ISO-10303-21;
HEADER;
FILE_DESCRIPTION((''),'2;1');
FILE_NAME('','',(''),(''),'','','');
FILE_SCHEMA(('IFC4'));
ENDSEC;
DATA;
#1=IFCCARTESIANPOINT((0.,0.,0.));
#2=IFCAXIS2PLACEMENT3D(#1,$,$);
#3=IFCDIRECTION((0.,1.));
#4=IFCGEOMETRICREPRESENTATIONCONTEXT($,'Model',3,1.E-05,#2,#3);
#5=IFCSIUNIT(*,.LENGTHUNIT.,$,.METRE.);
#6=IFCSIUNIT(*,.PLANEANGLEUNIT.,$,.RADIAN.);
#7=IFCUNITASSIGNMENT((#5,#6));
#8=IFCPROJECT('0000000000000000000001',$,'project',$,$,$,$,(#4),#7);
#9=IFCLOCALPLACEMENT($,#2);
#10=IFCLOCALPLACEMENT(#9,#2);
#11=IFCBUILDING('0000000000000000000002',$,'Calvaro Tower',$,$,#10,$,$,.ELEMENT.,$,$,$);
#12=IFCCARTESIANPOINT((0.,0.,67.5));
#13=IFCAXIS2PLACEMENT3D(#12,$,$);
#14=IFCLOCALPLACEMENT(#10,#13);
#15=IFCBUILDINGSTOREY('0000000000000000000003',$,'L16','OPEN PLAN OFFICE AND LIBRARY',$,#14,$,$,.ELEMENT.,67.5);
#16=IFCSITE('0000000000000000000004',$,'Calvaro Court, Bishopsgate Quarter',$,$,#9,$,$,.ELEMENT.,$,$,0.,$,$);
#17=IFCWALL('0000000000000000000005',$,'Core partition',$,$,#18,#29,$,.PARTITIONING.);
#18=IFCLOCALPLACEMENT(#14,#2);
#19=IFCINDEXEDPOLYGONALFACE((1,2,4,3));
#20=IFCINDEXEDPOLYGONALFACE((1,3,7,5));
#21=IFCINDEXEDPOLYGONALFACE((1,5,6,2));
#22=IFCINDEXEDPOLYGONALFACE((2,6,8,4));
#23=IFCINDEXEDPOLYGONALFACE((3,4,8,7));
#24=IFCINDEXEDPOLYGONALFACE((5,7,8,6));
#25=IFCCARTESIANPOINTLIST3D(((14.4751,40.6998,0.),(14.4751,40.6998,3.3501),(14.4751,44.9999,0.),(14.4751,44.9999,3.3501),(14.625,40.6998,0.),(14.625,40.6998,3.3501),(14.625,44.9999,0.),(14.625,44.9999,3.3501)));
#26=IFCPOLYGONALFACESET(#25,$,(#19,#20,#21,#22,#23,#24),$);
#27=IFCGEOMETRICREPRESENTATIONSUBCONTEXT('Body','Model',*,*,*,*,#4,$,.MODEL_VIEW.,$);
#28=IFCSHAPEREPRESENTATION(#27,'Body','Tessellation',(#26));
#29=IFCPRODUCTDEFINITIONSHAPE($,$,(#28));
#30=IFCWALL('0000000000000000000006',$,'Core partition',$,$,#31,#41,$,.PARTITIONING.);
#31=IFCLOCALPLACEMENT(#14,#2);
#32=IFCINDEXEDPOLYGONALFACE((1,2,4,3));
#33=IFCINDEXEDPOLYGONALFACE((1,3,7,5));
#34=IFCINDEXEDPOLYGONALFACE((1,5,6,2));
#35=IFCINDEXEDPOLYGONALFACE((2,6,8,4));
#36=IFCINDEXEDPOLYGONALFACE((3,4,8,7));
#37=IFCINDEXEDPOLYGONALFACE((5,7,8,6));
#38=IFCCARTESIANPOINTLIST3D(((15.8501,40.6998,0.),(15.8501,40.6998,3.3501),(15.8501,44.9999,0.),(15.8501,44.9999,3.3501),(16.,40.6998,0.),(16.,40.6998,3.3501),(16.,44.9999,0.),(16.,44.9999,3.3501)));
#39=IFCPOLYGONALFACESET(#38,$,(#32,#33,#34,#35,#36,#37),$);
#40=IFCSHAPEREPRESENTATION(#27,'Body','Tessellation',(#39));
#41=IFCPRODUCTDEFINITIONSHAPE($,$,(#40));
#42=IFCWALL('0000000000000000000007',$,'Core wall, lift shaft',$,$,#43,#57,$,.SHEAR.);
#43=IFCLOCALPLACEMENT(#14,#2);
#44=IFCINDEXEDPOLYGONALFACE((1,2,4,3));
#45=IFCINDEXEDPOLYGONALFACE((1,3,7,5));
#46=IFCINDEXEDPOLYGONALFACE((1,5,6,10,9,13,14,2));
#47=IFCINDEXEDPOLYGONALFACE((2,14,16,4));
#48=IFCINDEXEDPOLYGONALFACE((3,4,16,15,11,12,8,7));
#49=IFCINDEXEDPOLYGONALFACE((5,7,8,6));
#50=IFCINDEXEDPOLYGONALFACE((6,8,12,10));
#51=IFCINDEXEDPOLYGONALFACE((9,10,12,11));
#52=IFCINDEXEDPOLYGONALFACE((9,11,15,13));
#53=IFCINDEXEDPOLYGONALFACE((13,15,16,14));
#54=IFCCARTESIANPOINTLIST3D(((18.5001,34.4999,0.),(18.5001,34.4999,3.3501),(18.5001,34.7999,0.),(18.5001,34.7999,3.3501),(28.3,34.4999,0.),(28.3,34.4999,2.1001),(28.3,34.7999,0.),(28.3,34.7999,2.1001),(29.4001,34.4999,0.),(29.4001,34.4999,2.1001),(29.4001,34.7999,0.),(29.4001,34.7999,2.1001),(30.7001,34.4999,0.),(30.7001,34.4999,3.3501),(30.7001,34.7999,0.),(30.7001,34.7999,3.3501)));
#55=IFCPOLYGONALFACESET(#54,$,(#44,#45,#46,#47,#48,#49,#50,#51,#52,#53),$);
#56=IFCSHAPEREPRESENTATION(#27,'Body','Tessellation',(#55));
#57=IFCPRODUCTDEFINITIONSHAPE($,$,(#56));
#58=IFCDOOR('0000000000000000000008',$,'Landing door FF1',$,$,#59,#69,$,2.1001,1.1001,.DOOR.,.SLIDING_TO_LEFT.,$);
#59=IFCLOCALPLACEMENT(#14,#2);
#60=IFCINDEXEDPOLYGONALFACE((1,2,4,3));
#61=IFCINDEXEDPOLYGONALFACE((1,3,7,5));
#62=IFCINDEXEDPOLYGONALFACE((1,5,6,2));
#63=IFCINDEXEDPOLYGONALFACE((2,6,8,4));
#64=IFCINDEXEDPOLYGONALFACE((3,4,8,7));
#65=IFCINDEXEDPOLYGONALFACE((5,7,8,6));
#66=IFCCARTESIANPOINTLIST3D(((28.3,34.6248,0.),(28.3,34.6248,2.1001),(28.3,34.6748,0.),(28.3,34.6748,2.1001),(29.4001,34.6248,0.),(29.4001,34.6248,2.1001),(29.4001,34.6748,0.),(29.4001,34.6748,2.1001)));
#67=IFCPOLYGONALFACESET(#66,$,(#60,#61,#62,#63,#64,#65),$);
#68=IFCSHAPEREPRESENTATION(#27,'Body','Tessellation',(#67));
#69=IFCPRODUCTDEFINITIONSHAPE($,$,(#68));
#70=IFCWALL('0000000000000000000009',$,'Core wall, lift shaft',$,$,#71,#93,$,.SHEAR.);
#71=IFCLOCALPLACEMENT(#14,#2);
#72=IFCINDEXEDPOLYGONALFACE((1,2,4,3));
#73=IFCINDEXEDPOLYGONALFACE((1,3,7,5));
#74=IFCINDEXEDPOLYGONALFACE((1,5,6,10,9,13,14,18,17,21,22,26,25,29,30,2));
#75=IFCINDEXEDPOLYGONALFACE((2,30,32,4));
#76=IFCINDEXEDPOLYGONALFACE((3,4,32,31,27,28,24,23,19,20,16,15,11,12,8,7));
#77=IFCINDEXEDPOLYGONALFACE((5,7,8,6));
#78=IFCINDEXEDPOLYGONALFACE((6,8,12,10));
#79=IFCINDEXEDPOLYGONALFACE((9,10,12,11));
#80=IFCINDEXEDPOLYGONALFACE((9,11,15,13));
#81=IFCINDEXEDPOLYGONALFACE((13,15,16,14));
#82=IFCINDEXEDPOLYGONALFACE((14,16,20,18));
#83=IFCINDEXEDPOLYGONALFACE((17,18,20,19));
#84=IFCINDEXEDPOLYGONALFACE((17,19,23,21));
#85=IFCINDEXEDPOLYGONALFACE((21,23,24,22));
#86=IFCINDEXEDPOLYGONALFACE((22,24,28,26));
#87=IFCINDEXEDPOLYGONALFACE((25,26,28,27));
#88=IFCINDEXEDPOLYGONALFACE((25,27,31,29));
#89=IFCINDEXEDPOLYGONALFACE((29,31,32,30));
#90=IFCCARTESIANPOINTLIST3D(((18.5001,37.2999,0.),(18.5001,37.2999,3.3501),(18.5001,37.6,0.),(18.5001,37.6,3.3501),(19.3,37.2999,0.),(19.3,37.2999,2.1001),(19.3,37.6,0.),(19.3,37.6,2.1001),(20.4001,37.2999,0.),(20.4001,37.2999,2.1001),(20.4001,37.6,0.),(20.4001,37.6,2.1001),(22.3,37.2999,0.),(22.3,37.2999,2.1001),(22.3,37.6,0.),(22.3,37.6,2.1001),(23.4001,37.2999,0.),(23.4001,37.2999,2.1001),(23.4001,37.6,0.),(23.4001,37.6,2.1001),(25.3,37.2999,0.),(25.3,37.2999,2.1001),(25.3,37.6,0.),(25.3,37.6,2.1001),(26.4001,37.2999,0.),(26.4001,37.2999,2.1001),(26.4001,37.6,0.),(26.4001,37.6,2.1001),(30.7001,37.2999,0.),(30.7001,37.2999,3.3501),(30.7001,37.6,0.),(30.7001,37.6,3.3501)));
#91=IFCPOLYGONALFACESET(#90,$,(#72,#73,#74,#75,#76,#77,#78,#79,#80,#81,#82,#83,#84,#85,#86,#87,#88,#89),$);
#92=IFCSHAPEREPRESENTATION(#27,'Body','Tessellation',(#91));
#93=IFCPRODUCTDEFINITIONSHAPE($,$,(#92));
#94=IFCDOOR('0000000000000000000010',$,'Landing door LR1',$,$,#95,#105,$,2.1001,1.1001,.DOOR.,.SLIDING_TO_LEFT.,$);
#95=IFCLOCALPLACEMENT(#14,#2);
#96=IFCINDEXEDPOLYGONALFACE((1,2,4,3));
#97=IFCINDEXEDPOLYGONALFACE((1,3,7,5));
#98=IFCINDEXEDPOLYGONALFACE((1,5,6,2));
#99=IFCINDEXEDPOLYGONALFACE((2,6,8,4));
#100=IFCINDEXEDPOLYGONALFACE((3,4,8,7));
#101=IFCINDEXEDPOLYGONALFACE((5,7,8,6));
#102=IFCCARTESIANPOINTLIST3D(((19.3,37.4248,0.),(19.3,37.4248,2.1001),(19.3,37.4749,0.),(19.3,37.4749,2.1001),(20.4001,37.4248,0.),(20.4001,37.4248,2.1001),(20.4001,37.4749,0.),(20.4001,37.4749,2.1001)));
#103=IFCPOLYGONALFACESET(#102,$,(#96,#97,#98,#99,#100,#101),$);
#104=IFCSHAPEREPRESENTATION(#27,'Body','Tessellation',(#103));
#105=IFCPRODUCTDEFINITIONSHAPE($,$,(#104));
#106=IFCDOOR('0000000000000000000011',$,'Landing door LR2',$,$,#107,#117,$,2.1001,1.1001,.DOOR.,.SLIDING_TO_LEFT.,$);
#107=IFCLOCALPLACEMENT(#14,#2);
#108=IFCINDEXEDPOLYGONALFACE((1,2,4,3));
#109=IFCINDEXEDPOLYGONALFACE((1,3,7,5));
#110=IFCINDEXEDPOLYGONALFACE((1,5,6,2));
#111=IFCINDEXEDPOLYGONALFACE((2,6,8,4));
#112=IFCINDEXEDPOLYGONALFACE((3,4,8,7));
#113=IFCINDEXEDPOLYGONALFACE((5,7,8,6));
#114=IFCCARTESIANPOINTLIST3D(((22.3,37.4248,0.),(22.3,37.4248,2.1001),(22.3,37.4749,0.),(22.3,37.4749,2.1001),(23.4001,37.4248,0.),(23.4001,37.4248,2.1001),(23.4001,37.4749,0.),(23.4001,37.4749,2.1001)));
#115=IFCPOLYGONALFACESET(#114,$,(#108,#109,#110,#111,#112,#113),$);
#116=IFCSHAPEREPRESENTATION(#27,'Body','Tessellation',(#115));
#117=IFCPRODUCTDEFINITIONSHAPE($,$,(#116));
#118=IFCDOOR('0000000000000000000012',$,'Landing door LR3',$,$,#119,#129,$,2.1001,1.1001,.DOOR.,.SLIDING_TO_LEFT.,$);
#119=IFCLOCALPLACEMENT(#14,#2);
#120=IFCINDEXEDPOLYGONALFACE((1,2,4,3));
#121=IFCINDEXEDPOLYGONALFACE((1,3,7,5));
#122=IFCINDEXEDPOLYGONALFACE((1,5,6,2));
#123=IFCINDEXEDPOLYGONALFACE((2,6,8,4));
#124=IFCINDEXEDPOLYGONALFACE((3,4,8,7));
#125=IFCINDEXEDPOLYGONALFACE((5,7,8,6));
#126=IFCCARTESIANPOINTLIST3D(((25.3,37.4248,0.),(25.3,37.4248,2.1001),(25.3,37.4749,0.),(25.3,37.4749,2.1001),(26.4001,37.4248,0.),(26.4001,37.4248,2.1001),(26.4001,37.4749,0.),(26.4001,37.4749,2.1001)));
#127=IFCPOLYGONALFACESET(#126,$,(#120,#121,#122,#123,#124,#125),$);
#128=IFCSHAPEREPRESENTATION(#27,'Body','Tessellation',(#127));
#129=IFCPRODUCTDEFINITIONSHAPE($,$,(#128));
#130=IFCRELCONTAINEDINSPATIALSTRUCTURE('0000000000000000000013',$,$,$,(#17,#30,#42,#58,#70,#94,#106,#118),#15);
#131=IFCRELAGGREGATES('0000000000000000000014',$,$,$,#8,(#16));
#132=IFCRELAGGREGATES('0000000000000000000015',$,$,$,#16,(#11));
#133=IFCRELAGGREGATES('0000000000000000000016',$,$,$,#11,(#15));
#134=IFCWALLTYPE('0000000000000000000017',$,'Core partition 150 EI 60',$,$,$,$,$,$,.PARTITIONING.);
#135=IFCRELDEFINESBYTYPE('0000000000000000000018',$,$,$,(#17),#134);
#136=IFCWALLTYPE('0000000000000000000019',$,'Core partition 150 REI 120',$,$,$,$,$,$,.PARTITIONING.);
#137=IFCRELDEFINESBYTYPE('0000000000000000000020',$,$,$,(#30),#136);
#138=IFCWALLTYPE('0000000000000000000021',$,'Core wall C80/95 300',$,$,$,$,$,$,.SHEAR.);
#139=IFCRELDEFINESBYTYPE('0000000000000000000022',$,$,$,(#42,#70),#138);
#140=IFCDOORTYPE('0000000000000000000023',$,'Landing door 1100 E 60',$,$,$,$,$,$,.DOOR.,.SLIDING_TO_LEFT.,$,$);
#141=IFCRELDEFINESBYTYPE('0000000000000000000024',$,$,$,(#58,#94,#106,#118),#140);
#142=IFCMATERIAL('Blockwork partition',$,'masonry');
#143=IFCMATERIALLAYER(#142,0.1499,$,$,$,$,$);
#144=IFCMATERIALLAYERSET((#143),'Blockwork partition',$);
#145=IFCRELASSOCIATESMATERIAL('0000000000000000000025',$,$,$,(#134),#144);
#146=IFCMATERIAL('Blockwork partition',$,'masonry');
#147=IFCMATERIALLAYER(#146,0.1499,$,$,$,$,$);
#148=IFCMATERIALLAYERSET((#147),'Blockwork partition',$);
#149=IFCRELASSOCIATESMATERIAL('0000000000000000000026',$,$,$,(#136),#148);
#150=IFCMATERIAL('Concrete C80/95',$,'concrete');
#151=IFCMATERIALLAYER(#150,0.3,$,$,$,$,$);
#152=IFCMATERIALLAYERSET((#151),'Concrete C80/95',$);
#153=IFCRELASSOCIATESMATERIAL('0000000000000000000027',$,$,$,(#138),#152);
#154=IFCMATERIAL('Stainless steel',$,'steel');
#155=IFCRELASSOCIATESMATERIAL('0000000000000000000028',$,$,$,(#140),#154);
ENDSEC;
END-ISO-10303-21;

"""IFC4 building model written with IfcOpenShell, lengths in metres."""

from ifc_helpers import new_model, si_unit, direction, frame, frame_2d, origin, place, context, subcontext, project, spatial, rectangle, extrude, material, layer, layer_set, type_object, element, fill, save


model = new_model("IFC4")

# Units and contexts
model_context = context("Model", 3, precision=1e-05, world=origin(), true_north=direction((0.0, 1.0)))
body_context = subcontext(model_context, "Body", "Model", "MODEL_VIEW")
ifc_project = project(units=[si_unit("LENGTHUNIT", "METRE"), si_unit("PLANEANGLEUNIT", "RADIAN")], contexts=[model_context])

# Site, building, storey
site_placement = place(None, origin())
site = spatial("IfcSite", under=ifc_project, at=site_placement, Name="Calvaro Court, Bishopsgate Quarter", CompositionType="ELEMENT", RefElevation=0.0)
building_placement = place(site_placement, origin())
building = spatial("IfcBuilding", under=site, at=building_placement, Name="Calvaro Tower", CompositionType="ELEMENT")
storey_placement = place(building_placement, frame((0.0, 0.0, 67.5)))
storey = spatial("IfcBuildingStorey", under=building, at=storey_placement, Name="L16", Description="OPEN PLAN OFFICE AND LIBRARY", CompositionType="ELEMENT", Elevation=67.5)

# Walls
ifc_material_1 = material(Name="Blockwork partition", Category="masonry")
ifc_layer_1 = layer(ifc_material_1, 0.1499)
ifc_layer_set_1 = layer_set([ifc_layer_1], Name="Blockwork partition")
wall_type_1 = type_object("IfcWallType", Name="Core partition 150 EI 60", PredefinedType="PARTITIONING", material=ifc_layer_set_1)
wall_1_placement = place(storey_placement, frame((14.55, 40.7, 0.0), z_axis=(0.0, 0.0, 1.0), x_axis=(0.0, 1.0, 0.0)))
element("IfcWall", 1, at=wall_1_placement, inside=storey, type_object=wall_type_1, Name="Core partition", PredefinedType="PARTITIONING", context=body_context, shape_type="SweptSolid", body=[
    extrude(rectangle(XDim=4.3, YDim=0.1499, at=frame_2d((2.1499, 0.0))), origin(), (0.0, 0.0, 1.0), 3.3501),
])
ifc_material_2 = material(Name="Blockwork partition", Category="masonry")
ifc_layer_2 = layer(ifc_material_2, 0.1499)
ifc_layer_set_2 = layer_set([ifc_layer_2], Name="Blockwork partition")
wall_type_2 = type_object("IfcWallType", Name="Core partition 150 REI 120", PredefinedType="PARTITIONING", material=ifc_layer_set_2)
wall_2_placement = place(storey_placement, frame((15.925, 40.7, 0.0), z_axis=(0.0, 0.0, 1.0), x_axis=(0.0, 1.0, 0.0)))
element("IfcWall", 2, at=wall_2_placement, inside=storey, type_object=wall_type_2, Name="Core partition", PredefinedType="PARTITIONING", context=body_context, shape_type="SweptSolid", body=[
    extrude(rectangle(XDim=4.3, YDim=0.1499, at=frame_2d((2.1499, 0.0))), origin(), (0.0, 0.0, 1.0), 3.3501),
])

# Wall, opening, door
ifc_material_3 = material(Name="Concrete C80/95", Category="concrete")
ifc_layer_3 = layer(ifc_material_3, 0.3)
ifc_layer_set_3 = layer_set([ifc_layer_3], Name="Concrete C80/95")
wall_type_3 = type_object("IfcWallType", Name="Core wall C80/95 300", PredefinedType="SHEAR", material=ifc_layer_set_3)
wall_3_placement = place(storey_placement, frame((18.5, 34.6499, 0.0), z_axis=(0.0, 0.0, 1.0), x_axis=(1.0, 0.0, 0.0)))
wall_3 = element("IfcWall", 3, at=wall_3_placement, inside=storey, type_object=wall_type_3, Name="Core wall, lift shaft", PredefinedType="SHEAR", context=body_context, shape_type="SweptSolid", body=[
    extrude(rectangle(XDim=12.2, YDim=0.3, at=frame_2d((6.1001, 0.0))), origin(), (0.0, 0.0, 1.0), 3.3501),
])
opening_1_placement = place(wall_3_placement, frame((9.8, 0.0, 0.0)))
opening_1 = element("IfcOpeningElement", 4, at=opening_1_placement, cuts=wall_3, PredefinedType="OPENING", context=body_context, shape_type="SweptSolid", body=[
    extrude(rectangle(XDim=1.1001, YDim=2.1001, at=frame_2d((0.55, 1.05))), frame((0.0, 0.1599, 0.0), z_axis=(0.0, -1.0, 0.0), x_axis=(1.0, 0.0, 0.0)), (0.0, 0.0, 1.0), 0.3201),
])
ifc_material_4 = material(Name="Stainless steel", Category="steel")
door_type_1 = type_object("IfcDoorType", Name="Landing door 1100 E 60", OperationType="SLIDING_TO_LEFT", PredefinedType="DOOR", material=ifc_material_4)
door_1_placement = place(opening_1_placement, origin())
door_1 = element("IfcDoor", 5, at=door_1_placement, inside=storey, type_object=door_type_1, Name="Landing door FF1", OperationType="SLIDING_TO_LEFT", OverallHeight=2.1001, OverallWidth=1.1001, PredefinedType="DOOR", context=body_context, shape_type="SweptSolid", body=[
    extrude(rectangle(XDim=1.1001, YDim=2.1001, at=frame_2d((0.55, 1.05))), frame((0.0, 0.0249, 0.0), z_axis=(0.0, -1.0, 0.0), x_axis=(1.0, 0.0, 0.0)), (0.0, 0.0, 1.0), 0.05),
])
fill(opening_1, door_1)

# Wall, openings, doors
wall_4_placement = place(storey_placement, frame((18.5, 37.45, 0.0), z_axis=(0.0, 0.0, 1.0), x_axis=(1.0, 0.0, 0.0)))
wall_4 = element("IfcWall", 6, at=wall_4_placement, inside=storey, type_object=wall_type_3, Name="Core wall, lift shaft", PredefinedType="SHEAR", context=body_context, shape_type="SweptSolid", body=[
    extrude(rectangle(XDim=12.2, YDim=0.3, at=frame_2d((6.1001, 0.0))), origin(), (0.0, 0.0, 1.0), 3.3501),
])
opening_2_placement = place(wall_4_placement, frame((0.8, 0.0, 0.0)))
opening_2 = element("IfcOpeningElement", 7, at=opening_2_placement, cuts=wall_4, PredefinedType="OPENING", context=body_context, shape_type="SweptSolid", body=[
    extrude(rectangle(XDim=1.1001, YDim=2.1001, at=frame_2d((0.55, 1.05))), frame((0.0, 0.1599, 0.0), z_axis=(0.0, -1.0, 0.0), x_axis=(1.0, 0.0, 0.0)), (0.0, 0.0, 1.0), 0.3201),
])
opening_3_placement = place(wall_4_placement, frame((3.8, 0.0, 0.0)))
opening_3 = element("IfcOpeningElement", 8, at=opening_3_placement, cuts=wall_4, PredefinedType="OPENING", context=body_context, shape_type="SweptSolid", body=[
    extrude(rectangle(XDim=1.1001, YDim=2.1001, at=frame_2d((0.55, 1.05))), frame((0.0, 0.1599, 0.0), z_axis=(0.0, -1.0, 0.0), x_axis=(1.0, 0.0, 0.0)), (0.0, 0.0, 1.0), 0.3201),
])
opening_4_placement = place(wall_4_placement, frame((6.8, 0.0, 0.0)))
opening_4 = element("IfcOpeningElement", 9, at=opening_4_placement, cuts=wall_4, PredefinedType="OPENING", context=body_context, shape_type="SweptSolid", body=[
    extrude(rectangle(XDim=1.1001, YDim=2.1001, at=frame_2d((0.55, 1.05))), frame((0.0, 0.1599, 0.0), z_axis=(0.0, -1.0, 0.0), x_axis=(1.0, 0.0, 0.0)), (0.0, 0.0, 1.0), 0.3201),
])
door_2_placement = place(opening_2_placement, origin())
door_2 = element("IfcDoor", 10, at=door_2_placement, inside=storey, type_object=door_type_1, Name="Landing door LR1", OperationType="SLIDING_TO_LEFT", OverallHeight=2.1001, OverallWidth=1.1001, PredefinedType="DOOR", context=body_context, shape_type="SweptSolid", body=[
    extrude(rectangle(XDim=1.1001, YDim=2.1001, at=frame_2d((0.55, 1.05))), frame((0.0, 0.0249, 0.0), z_axis=(0.0, -1.0, 0.0), x_axis=(1.0, 0.0, 0.0)), (0.0, 0.0, 1.0), 0.05),
])
fill(opening_2, door_2)
door_3_placement = place(opening_3_placement, origin())
door_3 = element("IfcDoor", 11, at=door_3_placement, inside=storey, type_object=door_type_1, Name="Landing door LR2", OperationType="SLIDING_TO_LEFT", OverallHeight=2.1001, OverallWidth=1.1001, PredefinedType="DOOR", context=body_context, shape_type="SweptSolid", body=[
    extrude(rectangle(XDim=1.1001, YDim=2.1001, at=frame_2d((0.55, 1.05))), frame((0.0, 0.0249, 0.0), z_axis=(0.0, -1.0, 0.0), x_axis=(1.0, 0.0, 0.0)), (0.0, 0.0, 1.0), 0.05),
])
fill(opening_3, door_3)
door_4_placement = place(opening_4_placement, origin())
door_4 = element("IfcDoor", 12, at=door_4_placement, inside=storey, type_object=door_type_1, Name="Landing door LR3", OperationType="SLIDING_TO_LEFT", OverallHeight=2.1001, OverallWidth=1.1001, PredefinedType="DOOR", context=body_context, shape_type="SweptSolid", body=[
    extrude(rectangle(XDim=1.1001, YDim=2.1001, at=frame_2d((0.55, 1.05))), frame((0.0, 0.0249, 0.0), z_axis=(0.0, -1.0, 0.0), x_axis=(1.0, 0.0, 0.0)), (0.0, 0.0, 1.0), 0.05),
])
fill(opening_4, door_4)

save(model, "model.ifc")
